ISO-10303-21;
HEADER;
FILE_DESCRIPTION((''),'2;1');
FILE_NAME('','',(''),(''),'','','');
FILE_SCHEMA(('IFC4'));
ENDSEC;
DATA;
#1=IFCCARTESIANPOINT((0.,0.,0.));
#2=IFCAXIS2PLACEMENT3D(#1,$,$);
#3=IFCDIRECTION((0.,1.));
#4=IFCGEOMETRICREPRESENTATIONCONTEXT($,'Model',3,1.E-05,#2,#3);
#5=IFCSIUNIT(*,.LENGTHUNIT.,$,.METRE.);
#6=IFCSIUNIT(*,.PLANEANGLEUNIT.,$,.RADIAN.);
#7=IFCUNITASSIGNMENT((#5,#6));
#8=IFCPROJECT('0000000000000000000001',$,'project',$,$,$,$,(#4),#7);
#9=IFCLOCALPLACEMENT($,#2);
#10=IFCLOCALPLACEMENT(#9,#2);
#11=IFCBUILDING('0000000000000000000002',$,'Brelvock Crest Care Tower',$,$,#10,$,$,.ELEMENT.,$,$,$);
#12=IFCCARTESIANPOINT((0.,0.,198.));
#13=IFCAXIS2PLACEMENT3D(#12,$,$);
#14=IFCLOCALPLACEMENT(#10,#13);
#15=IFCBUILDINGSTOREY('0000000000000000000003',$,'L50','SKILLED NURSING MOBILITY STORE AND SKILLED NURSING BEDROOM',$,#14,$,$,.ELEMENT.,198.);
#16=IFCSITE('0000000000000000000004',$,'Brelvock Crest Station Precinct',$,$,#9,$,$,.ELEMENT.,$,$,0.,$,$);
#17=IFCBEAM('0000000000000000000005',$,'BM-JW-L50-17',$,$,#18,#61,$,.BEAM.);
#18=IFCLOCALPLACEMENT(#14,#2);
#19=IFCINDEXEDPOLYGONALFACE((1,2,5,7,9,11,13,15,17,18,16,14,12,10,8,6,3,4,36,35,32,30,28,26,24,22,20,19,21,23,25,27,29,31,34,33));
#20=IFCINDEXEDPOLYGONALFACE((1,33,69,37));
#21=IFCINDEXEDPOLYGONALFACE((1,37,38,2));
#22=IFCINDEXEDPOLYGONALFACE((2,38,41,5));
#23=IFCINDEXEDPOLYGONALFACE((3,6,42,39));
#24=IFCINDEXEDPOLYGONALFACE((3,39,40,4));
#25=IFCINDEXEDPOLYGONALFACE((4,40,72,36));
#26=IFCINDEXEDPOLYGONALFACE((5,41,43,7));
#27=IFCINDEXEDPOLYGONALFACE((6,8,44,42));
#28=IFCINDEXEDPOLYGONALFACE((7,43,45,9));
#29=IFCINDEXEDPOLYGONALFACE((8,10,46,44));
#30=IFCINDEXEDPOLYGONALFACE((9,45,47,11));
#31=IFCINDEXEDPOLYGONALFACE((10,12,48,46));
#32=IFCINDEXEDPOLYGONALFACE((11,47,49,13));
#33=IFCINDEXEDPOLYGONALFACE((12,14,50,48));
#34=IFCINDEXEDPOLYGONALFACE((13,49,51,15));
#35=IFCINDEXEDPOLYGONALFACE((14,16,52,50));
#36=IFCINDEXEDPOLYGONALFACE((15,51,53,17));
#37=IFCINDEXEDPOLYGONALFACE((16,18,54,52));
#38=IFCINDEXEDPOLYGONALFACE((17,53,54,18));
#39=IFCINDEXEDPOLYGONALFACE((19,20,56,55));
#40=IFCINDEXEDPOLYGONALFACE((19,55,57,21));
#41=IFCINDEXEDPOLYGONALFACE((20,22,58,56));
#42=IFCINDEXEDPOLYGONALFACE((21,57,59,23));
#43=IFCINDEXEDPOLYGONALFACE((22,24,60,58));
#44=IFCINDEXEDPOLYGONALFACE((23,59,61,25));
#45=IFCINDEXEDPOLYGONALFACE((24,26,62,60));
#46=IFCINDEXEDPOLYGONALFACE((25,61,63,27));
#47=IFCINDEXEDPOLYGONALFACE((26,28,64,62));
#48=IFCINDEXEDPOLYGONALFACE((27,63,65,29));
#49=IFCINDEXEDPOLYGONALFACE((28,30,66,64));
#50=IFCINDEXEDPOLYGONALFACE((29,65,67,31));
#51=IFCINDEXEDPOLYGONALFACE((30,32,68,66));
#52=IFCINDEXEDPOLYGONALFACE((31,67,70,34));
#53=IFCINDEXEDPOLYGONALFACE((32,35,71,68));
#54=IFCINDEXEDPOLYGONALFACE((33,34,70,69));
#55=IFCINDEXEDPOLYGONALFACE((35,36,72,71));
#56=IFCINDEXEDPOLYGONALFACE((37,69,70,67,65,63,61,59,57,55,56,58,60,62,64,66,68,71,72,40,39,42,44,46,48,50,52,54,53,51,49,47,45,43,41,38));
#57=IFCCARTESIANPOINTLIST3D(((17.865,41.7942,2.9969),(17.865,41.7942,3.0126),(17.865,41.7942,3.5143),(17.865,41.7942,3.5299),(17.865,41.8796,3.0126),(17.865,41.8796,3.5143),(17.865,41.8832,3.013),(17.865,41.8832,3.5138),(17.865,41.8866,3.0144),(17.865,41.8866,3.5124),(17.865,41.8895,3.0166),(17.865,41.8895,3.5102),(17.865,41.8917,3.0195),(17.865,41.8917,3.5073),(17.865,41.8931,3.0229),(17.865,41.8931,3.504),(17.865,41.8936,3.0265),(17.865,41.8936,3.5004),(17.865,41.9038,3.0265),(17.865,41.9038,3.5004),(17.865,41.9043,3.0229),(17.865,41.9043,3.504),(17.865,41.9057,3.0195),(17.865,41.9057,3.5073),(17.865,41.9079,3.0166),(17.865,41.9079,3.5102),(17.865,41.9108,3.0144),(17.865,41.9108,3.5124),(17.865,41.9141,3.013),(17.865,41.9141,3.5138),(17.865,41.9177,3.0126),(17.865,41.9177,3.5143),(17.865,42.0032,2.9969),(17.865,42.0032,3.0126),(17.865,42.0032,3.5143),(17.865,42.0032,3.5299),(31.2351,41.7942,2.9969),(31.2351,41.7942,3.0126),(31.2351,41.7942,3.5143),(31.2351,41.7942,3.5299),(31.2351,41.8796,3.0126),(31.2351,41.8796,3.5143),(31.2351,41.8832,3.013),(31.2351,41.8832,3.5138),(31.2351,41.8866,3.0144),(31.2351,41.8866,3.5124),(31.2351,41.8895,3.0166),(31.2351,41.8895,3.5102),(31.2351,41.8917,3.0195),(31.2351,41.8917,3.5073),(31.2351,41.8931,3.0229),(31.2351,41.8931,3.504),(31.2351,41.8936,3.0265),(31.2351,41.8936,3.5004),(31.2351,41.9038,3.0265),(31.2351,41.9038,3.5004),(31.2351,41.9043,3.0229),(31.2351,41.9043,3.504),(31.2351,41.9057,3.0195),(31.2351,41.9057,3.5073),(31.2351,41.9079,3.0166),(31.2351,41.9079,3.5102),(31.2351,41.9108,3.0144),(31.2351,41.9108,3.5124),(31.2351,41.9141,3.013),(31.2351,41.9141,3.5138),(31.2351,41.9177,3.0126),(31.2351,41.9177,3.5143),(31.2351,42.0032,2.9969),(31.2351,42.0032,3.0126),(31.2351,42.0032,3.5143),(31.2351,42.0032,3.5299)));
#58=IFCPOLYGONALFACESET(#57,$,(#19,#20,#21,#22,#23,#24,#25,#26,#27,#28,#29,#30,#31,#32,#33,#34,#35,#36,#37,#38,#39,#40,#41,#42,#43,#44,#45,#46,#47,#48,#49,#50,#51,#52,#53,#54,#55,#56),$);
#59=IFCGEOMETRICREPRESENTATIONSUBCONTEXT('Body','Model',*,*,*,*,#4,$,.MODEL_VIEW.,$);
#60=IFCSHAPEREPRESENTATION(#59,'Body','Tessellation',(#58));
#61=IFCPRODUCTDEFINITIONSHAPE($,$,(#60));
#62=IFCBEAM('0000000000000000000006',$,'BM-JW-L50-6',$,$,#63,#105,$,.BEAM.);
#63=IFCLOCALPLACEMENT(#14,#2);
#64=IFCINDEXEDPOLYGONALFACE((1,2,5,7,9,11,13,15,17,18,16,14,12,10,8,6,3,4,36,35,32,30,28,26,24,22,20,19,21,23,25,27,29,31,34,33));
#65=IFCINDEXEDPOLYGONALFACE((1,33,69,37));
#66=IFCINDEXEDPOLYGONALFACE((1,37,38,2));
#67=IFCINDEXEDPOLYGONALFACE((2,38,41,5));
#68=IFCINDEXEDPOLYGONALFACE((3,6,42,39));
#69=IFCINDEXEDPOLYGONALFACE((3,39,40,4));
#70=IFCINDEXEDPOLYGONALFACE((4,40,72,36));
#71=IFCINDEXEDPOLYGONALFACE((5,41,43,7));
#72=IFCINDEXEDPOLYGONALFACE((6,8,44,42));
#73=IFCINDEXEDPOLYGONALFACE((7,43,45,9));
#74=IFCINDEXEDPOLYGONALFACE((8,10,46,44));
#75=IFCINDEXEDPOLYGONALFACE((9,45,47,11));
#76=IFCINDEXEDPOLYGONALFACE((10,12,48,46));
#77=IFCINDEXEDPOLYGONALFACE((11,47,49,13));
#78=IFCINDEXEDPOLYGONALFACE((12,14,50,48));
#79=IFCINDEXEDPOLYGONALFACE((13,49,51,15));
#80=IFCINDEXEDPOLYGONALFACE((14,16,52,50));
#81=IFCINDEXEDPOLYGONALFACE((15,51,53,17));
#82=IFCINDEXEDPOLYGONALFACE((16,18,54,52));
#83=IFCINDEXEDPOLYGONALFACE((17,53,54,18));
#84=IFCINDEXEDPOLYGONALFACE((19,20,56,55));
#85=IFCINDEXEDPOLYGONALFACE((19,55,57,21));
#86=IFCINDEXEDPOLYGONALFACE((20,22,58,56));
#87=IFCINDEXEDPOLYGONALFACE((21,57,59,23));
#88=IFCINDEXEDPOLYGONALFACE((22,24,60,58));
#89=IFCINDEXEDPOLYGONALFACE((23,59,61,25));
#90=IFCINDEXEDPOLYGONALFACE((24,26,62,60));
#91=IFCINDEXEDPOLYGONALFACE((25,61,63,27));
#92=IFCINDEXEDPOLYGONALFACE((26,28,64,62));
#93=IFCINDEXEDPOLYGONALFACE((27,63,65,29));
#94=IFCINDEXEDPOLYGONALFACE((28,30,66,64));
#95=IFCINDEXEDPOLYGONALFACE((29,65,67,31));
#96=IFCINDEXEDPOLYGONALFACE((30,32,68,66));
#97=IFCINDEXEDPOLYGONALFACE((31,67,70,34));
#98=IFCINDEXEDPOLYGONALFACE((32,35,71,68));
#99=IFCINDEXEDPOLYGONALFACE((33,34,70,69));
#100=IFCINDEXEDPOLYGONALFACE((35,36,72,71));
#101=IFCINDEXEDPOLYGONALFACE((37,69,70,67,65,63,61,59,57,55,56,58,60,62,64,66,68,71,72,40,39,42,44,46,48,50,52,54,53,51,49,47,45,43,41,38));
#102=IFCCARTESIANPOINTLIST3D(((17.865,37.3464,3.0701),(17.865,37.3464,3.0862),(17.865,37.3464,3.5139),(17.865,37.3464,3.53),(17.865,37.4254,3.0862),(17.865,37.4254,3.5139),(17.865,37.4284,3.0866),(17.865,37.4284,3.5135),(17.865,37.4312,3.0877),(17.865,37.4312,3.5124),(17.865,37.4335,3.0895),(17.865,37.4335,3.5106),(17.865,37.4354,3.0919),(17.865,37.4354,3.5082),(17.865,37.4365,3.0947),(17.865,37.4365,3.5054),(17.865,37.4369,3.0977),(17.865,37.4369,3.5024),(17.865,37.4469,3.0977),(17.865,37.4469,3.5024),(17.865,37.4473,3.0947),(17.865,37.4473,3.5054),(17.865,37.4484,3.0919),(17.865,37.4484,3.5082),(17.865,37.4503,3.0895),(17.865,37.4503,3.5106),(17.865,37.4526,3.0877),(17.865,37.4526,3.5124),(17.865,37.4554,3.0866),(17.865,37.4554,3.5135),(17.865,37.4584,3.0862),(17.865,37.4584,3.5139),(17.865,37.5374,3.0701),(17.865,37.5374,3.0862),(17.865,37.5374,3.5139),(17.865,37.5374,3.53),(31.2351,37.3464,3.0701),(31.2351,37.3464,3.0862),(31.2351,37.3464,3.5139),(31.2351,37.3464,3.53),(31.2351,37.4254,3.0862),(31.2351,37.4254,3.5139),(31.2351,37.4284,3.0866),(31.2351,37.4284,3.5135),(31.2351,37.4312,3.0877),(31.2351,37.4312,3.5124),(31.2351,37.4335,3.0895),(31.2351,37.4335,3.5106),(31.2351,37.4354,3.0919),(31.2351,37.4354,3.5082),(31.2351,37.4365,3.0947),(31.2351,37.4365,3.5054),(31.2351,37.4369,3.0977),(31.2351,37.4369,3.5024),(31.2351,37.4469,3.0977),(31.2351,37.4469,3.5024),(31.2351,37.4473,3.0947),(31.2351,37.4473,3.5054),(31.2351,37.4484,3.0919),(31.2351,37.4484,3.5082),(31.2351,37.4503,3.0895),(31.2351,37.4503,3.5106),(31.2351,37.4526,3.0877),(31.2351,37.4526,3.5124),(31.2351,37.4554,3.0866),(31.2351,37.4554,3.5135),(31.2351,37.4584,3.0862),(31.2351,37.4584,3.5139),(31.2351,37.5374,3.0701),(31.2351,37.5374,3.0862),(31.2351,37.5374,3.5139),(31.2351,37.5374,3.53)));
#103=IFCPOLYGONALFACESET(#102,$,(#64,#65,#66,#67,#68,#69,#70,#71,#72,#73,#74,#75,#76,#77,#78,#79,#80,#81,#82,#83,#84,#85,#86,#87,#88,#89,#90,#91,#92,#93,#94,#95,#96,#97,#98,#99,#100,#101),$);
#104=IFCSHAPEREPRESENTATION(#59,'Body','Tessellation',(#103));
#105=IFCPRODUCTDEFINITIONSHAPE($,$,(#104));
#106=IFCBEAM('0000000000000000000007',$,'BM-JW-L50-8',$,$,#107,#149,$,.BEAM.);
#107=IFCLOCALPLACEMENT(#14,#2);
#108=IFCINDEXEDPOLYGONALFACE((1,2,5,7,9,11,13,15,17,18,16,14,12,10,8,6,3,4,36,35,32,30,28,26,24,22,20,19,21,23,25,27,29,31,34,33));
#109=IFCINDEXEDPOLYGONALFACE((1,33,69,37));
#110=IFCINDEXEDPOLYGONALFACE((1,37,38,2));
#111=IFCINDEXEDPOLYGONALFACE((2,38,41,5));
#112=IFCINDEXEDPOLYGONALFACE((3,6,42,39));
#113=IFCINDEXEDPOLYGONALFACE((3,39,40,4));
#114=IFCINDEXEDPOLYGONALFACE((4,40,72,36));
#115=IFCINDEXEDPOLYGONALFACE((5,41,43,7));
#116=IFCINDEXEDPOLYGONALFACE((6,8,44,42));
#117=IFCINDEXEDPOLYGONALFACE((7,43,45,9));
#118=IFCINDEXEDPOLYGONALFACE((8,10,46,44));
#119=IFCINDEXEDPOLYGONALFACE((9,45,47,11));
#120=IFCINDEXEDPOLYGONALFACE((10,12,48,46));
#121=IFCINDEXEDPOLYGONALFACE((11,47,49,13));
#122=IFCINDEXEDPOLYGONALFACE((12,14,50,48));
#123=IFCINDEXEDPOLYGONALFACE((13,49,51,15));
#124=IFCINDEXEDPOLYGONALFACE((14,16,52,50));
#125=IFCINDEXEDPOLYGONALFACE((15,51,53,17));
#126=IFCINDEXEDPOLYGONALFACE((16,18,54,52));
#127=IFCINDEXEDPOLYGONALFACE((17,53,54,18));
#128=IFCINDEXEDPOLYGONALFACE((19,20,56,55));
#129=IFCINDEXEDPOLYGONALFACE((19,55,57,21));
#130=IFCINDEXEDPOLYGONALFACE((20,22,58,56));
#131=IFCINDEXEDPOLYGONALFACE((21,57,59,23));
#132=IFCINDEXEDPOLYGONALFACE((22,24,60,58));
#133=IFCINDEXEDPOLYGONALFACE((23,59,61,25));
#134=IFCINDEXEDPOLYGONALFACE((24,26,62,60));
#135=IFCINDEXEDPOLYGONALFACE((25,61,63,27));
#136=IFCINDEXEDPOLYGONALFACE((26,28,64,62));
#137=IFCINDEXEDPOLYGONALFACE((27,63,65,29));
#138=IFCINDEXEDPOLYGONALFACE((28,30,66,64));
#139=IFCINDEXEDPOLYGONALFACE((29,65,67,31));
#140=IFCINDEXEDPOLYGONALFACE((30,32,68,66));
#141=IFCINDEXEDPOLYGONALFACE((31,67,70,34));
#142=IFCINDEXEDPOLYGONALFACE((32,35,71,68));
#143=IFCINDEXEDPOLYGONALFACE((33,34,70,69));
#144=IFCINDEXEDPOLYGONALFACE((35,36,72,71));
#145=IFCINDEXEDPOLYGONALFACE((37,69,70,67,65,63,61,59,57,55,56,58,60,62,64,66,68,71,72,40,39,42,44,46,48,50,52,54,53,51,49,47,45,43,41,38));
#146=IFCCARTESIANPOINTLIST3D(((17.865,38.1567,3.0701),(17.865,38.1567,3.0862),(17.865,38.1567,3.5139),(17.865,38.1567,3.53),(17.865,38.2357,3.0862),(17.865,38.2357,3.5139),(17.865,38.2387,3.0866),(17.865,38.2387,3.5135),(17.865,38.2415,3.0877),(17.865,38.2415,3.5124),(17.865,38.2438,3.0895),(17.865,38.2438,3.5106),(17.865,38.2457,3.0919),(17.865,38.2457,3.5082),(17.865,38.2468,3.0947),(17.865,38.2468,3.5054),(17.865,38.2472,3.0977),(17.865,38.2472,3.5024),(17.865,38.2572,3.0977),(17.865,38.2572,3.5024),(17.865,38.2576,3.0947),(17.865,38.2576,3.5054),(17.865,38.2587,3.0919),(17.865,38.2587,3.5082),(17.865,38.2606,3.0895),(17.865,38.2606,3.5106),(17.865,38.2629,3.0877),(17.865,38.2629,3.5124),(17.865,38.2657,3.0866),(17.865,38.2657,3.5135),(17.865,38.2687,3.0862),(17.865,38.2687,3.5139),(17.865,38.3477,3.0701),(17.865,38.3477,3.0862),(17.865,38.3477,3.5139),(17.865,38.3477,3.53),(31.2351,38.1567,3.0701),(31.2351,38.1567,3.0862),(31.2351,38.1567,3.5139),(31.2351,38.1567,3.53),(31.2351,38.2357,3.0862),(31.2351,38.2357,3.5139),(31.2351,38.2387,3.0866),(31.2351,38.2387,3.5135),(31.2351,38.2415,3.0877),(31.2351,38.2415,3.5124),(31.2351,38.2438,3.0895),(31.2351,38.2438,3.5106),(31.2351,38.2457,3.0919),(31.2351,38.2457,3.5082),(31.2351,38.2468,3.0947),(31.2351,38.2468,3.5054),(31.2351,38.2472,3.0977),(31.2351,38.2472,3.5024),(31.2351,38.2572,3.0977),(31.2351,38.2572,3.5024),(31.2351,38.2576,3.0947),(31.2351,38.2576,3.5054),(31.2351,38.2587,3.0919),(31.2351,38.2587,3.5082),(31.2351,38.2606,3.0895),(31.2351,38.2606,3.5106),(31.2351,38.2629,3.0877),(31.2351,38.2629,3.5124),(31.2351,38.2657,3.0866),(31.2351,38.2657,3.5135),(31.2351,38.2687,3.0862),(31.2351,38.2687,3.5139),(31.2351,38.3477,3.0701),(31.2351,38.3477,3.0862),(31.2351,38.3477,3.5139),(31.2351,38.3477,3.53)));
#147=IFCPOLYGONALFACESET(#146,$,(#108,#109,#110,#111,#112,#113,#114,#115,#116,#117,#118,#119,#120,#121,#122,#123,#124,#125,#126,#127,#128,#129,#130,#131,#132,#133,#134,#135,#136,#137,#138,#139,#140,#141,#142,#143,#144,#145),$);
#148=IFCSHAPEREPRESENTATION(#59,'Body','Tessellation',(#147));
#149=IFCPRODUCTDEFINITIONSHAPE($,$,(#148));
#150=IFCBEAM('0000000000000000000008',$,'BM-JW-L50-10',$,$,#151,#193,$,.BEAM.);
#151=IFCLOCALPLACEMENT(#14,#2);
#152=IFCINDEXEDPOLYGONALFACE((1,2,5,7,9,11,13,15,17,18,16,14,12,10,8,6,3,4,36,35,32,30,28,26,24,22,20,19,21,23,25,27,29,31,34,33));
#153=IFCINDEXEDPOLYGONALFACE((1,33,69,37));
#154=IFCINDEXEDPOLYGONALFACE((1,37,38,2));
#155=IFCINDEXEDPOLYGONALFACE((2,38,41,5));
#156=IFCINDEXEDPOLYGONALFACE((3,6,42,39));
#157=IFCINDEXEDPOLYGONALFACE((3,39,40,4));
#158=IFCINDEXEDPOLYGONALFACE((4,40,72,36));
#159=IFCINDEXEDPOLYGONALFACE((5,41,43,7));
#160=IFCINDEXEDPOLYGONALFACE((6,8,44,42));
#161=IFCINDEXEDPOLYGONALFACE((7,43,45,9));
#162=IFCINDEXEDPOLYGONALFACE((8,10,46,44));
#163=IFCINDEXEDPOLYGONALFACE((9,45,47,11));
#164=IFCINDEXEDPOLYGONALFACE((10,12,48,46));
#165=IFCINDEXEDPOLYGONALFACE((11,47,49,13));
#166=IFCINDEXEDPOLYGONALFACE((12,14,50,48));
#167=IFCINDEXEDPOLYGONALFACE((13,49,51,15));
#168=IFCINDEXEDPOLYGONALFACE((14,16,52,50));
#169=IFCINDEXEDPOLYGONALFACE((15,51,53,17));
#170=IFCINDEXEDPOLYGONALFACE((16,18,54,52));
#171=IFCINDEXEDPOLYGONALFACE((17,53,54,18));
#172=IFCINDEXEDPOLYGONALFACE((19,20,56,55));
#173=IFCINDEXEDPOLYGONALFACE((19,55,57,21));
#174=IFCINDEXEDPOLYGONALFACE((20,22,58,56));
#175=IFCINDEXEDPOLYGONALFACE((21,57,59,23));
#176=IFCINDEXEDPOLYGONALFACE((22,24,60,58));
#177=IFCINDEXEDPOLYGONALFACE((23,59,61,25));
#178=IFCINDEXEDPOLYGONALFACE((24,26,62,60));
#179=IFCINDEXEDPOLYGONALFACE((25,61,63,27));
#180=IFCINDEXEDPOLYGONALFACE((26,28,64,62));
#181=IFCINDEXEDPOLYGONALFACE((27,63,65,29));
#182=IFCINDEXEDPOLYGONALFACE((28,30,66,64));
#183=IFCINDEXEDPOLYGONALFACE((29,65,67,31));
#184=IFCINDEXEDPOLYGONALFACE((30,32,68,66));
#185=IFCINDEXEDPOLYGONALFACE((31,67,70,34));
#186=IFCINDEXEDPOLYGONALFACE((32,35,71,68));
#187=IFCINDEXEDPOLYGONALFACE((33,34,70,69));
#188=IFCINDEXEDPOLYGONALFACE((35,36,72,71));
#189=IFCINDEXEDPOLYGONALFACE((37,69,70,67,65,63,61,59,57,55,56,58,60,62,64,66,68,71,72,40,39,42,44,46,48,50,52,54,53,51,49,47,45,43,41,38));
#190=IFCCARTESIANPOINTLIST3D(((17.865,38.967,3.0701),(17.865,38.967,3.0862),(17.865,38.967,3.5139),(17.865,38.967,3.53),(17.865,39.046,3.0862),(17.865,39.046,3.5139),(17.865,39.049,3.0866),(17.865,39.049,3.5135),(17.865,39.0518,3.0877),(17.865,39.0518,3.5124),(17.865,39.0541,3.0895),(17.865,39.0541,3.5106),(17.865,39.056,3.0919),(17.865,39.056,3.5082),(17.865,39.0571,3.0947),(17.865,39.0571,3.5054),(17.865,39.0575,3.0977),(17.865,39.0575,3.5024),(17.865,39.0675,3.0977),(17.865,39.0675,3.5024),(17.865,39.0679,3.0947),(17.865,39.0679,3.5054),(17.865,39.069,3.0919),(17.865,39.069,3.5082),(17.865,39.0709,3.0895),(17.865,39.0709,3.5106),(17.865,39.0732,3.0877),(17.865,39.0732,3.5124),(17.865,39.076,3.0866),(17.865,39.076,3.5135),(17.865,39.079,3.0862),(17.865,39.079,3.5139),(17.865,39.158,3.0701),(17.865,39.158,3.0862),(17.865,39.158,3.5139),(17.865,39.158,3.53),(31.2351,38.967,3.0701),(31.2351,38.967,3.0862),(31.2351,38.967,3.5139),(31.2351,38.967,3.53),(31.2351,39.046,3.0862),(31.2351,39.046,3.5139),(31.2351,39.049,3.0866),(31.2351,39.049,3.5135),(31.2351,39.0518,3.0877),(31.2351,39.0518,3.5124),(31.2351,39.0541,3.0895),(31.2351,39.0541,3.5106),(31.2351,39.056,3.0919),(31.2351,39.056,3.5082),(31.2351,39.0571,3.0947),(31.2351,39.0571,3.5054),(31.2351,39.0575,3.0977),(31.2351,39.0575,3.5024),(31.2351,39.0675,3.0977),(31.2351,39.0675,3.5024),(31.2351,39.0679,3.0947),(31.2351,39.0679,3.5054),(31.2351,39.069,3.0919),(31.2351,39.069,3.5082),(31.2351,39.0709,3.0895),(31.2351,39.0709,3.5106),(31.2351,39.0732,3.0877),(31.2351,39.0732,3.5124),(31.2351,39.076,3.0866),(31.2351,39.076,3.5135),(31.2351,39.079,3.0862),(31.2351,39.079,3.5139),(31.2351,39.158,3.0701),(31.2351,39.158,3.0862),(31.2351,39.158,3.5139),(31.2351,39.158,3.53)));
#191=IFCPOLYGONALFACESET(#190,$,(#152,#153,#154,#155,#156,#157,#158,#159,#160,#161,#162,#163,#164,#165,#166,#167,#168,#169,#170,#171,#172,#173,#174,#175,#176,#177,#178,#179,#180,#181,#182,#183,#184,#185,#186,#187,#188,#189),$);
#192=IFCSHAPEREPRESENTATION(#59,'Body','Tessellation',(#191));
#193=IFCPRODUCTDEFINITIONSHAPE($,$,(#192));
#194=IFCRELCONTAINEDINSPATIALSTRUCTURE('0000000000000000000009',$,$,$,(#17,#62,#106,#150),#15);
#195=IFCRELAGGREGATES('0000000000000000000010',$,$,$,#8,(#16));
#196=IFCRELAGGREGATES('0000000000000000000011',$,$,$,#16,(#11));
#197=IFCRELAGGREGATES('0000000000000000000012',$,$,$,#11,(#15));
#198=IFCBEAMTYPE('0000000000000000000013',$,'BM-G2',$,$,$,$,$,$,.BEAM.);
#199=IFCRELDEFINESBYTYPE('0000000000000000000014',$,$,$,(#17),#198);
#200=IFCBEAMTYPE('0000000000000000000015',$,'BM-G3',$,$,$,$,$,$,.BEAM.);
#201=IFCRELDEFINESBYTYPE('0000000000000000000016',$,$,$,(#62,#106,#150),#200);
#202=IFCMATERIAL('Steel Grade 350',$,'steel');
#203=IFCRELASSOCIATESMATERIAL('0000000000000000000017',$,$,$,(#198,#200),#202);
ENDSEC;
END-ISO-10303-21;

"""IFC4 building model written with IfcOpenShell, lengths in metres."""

from ifc_helpers import new_model, si_unit, direction, frame, origin, origin_2d, place, context, subcontext, project, spatial, i_section, extrude, source, transform, mapped, material, material_profile, profile_set, type_object, element, save


model = new_model("IFC4")

# Units and contexts
model_context = context("Model", 3, precision=1e-05, world=origin(), true_north=direction((0.0, 1.0)))
body_context = subcontext(model_context, "Body", "Model", "MODEL_VIEW")
ifc_project = project(units=[si_unit("LENGTHUNIT", "METRE"), si_unit("PLANEANGLEUNIT", "RADIAN")], contexts=[model_context])

# Site, building, storey
site_placement = place(None, origin())
site = spatial("IfcSite", under=ifc_project, at=site_placement, Name="Brelvock Crest Station Precinct", CompositionType="ELEMENT", RefElevation=0.0)
building_placement = place(site_placement, origin())
building = spatial("IfcBuilding", under=site, at=building_placement, Name="Brelvock Crest Care Tower", CompositionType="ELEMENT")
storey_placement = place(building_placement, frame((0.0, 0.0, 198.0)))
storey = spatial("IfcBuildingStorey", under=building, at=storey_placement, Name="L50", Description="SKILLED NURSING MOBILITY STORE AND SKILLED NURSING BEDROOM", CompositionType="ELEMENT", Elevation=198.0)

# Shared definitions
ifc_material_1 = material(Name="Steel Grade 350", Category="steel")

# Beams
ifc_material_profile_1 = material_profile(ifc_material_1, i_section(OverallWidth=0.209, OverallDepth=0.533, WebThickness=0.0103, FlangeThickness=0.0156, FilletRadius=0.0139, at=origin_2d()), Name="530UB92.4")
ifc_profile_set_1 = profile_set([ifc_material_profile_1], Name="Steel Grade 350")
beam_type_1 = type_object("IfcBeamType", Name="BM-G2", PredefinedType="BEAM", material=ifc_profile_set_1)
shared_shape_1 = source(origin(), body_context, "Body", "SweptSolid", [
    extrude(i_section(OverallWidth=0.209, OverallDepth=0.533, WebThickness=0.0103, FlangeThickness=0.0156, FilletRadius=0.0139, at=origin_2d()), origin(), (0.0, 0.0, 1.0), 13.3701),
])
for number, where, z_axis, x_axis, name in (
    (1, (17.865, 41.8987, 3.2634), (1.0, 0.0, 0.0), (0.0, 1.0, 0.0), "BM-JW-L50-17"),
):
    element("IfcBeam", number, at=place(storey_placement, frame(where, z_axis=z_axis, x_axis=x_axis)), inside=storey, type_object=beam_type_1, Name=name, PredefinedType="BEAM", context=body_context, shape_type="MappedRepresentation", body=[
        mapped(shared_shape_1, transform((0.0, 0.0, 0.0), x_axis=(1.0, 0.0, 0.0), y_axis=(0.0, 1.0, 0.0), z_axis=(0.0, 0.0, 1.0), scale=1.0)),
    ])
ifc_material_profile_2 = material_profile(ifc_material_1, i_section(OverallWidth=0.1909, OverallDepth=0.46, WebThickness=0.01, FlangeThickness=0.0161, FilletRadius=0.0115, at=origin_2d()), Name="460UB82.1")
ifc_profile_set_2 = profile_set([ifc_material_profile_2], Name="Steel Grade 350")
beam_type_2 = type_object("IfcBeamType", Name="BM-G3", PredefinedType="BEAM", material=ifc_profile_set_2)
shared_shape_2 = source(origin(), body_context, "Body", "SweptSolid", [
    extrude(i_section(OverallWidth=0.1909, OverallDepth=0.46, WebThickness=0.01, FlangeThickness=0.0161, FilletRadius=0.0115, at=origin_2d()), origin(), (0.0, 0.0, 1.0), 13.3701),
])
for number, where, z_axis, x_axis, name in (
    (2, (17.865, 37.4419, 3.3), (1.0, 0.0, 0.0), (0.0, 1.0, 0.0), "BM-JW-L50-6"),
    (3, (17.865, 38.2522, 3.3), (1.0, 0.0, 0.0), (0.0, 1.0, 0.0), "BM-JW-L50-8"),
    (4, (17.865, 39.0625, 3.3), (1.0, 0.0, 0.0), (0.0, 1.0, 0.0), "BM-JW-L50-10"),
):
    element("IfcBeam", number, at=place(storey_placement, frame(where, z_axis=z_axis, x_axis=x_axis)), inside=storey, type_object=beam_type_2, Name=name, PredefinedType="BEAM", context=body_context, shape_type="MappedRepresentation", body=[
        mapped(shared_shape_2, transform((0.0, 0.0, 0.0), x_axis=(1.0, 0.0, 0.0), y_axis=(0.0, 1.0, 0.0), z_axis=(0.0, 0.0, 1.0), scale=1.0)),
    ])

save(model, "model.ifc")
